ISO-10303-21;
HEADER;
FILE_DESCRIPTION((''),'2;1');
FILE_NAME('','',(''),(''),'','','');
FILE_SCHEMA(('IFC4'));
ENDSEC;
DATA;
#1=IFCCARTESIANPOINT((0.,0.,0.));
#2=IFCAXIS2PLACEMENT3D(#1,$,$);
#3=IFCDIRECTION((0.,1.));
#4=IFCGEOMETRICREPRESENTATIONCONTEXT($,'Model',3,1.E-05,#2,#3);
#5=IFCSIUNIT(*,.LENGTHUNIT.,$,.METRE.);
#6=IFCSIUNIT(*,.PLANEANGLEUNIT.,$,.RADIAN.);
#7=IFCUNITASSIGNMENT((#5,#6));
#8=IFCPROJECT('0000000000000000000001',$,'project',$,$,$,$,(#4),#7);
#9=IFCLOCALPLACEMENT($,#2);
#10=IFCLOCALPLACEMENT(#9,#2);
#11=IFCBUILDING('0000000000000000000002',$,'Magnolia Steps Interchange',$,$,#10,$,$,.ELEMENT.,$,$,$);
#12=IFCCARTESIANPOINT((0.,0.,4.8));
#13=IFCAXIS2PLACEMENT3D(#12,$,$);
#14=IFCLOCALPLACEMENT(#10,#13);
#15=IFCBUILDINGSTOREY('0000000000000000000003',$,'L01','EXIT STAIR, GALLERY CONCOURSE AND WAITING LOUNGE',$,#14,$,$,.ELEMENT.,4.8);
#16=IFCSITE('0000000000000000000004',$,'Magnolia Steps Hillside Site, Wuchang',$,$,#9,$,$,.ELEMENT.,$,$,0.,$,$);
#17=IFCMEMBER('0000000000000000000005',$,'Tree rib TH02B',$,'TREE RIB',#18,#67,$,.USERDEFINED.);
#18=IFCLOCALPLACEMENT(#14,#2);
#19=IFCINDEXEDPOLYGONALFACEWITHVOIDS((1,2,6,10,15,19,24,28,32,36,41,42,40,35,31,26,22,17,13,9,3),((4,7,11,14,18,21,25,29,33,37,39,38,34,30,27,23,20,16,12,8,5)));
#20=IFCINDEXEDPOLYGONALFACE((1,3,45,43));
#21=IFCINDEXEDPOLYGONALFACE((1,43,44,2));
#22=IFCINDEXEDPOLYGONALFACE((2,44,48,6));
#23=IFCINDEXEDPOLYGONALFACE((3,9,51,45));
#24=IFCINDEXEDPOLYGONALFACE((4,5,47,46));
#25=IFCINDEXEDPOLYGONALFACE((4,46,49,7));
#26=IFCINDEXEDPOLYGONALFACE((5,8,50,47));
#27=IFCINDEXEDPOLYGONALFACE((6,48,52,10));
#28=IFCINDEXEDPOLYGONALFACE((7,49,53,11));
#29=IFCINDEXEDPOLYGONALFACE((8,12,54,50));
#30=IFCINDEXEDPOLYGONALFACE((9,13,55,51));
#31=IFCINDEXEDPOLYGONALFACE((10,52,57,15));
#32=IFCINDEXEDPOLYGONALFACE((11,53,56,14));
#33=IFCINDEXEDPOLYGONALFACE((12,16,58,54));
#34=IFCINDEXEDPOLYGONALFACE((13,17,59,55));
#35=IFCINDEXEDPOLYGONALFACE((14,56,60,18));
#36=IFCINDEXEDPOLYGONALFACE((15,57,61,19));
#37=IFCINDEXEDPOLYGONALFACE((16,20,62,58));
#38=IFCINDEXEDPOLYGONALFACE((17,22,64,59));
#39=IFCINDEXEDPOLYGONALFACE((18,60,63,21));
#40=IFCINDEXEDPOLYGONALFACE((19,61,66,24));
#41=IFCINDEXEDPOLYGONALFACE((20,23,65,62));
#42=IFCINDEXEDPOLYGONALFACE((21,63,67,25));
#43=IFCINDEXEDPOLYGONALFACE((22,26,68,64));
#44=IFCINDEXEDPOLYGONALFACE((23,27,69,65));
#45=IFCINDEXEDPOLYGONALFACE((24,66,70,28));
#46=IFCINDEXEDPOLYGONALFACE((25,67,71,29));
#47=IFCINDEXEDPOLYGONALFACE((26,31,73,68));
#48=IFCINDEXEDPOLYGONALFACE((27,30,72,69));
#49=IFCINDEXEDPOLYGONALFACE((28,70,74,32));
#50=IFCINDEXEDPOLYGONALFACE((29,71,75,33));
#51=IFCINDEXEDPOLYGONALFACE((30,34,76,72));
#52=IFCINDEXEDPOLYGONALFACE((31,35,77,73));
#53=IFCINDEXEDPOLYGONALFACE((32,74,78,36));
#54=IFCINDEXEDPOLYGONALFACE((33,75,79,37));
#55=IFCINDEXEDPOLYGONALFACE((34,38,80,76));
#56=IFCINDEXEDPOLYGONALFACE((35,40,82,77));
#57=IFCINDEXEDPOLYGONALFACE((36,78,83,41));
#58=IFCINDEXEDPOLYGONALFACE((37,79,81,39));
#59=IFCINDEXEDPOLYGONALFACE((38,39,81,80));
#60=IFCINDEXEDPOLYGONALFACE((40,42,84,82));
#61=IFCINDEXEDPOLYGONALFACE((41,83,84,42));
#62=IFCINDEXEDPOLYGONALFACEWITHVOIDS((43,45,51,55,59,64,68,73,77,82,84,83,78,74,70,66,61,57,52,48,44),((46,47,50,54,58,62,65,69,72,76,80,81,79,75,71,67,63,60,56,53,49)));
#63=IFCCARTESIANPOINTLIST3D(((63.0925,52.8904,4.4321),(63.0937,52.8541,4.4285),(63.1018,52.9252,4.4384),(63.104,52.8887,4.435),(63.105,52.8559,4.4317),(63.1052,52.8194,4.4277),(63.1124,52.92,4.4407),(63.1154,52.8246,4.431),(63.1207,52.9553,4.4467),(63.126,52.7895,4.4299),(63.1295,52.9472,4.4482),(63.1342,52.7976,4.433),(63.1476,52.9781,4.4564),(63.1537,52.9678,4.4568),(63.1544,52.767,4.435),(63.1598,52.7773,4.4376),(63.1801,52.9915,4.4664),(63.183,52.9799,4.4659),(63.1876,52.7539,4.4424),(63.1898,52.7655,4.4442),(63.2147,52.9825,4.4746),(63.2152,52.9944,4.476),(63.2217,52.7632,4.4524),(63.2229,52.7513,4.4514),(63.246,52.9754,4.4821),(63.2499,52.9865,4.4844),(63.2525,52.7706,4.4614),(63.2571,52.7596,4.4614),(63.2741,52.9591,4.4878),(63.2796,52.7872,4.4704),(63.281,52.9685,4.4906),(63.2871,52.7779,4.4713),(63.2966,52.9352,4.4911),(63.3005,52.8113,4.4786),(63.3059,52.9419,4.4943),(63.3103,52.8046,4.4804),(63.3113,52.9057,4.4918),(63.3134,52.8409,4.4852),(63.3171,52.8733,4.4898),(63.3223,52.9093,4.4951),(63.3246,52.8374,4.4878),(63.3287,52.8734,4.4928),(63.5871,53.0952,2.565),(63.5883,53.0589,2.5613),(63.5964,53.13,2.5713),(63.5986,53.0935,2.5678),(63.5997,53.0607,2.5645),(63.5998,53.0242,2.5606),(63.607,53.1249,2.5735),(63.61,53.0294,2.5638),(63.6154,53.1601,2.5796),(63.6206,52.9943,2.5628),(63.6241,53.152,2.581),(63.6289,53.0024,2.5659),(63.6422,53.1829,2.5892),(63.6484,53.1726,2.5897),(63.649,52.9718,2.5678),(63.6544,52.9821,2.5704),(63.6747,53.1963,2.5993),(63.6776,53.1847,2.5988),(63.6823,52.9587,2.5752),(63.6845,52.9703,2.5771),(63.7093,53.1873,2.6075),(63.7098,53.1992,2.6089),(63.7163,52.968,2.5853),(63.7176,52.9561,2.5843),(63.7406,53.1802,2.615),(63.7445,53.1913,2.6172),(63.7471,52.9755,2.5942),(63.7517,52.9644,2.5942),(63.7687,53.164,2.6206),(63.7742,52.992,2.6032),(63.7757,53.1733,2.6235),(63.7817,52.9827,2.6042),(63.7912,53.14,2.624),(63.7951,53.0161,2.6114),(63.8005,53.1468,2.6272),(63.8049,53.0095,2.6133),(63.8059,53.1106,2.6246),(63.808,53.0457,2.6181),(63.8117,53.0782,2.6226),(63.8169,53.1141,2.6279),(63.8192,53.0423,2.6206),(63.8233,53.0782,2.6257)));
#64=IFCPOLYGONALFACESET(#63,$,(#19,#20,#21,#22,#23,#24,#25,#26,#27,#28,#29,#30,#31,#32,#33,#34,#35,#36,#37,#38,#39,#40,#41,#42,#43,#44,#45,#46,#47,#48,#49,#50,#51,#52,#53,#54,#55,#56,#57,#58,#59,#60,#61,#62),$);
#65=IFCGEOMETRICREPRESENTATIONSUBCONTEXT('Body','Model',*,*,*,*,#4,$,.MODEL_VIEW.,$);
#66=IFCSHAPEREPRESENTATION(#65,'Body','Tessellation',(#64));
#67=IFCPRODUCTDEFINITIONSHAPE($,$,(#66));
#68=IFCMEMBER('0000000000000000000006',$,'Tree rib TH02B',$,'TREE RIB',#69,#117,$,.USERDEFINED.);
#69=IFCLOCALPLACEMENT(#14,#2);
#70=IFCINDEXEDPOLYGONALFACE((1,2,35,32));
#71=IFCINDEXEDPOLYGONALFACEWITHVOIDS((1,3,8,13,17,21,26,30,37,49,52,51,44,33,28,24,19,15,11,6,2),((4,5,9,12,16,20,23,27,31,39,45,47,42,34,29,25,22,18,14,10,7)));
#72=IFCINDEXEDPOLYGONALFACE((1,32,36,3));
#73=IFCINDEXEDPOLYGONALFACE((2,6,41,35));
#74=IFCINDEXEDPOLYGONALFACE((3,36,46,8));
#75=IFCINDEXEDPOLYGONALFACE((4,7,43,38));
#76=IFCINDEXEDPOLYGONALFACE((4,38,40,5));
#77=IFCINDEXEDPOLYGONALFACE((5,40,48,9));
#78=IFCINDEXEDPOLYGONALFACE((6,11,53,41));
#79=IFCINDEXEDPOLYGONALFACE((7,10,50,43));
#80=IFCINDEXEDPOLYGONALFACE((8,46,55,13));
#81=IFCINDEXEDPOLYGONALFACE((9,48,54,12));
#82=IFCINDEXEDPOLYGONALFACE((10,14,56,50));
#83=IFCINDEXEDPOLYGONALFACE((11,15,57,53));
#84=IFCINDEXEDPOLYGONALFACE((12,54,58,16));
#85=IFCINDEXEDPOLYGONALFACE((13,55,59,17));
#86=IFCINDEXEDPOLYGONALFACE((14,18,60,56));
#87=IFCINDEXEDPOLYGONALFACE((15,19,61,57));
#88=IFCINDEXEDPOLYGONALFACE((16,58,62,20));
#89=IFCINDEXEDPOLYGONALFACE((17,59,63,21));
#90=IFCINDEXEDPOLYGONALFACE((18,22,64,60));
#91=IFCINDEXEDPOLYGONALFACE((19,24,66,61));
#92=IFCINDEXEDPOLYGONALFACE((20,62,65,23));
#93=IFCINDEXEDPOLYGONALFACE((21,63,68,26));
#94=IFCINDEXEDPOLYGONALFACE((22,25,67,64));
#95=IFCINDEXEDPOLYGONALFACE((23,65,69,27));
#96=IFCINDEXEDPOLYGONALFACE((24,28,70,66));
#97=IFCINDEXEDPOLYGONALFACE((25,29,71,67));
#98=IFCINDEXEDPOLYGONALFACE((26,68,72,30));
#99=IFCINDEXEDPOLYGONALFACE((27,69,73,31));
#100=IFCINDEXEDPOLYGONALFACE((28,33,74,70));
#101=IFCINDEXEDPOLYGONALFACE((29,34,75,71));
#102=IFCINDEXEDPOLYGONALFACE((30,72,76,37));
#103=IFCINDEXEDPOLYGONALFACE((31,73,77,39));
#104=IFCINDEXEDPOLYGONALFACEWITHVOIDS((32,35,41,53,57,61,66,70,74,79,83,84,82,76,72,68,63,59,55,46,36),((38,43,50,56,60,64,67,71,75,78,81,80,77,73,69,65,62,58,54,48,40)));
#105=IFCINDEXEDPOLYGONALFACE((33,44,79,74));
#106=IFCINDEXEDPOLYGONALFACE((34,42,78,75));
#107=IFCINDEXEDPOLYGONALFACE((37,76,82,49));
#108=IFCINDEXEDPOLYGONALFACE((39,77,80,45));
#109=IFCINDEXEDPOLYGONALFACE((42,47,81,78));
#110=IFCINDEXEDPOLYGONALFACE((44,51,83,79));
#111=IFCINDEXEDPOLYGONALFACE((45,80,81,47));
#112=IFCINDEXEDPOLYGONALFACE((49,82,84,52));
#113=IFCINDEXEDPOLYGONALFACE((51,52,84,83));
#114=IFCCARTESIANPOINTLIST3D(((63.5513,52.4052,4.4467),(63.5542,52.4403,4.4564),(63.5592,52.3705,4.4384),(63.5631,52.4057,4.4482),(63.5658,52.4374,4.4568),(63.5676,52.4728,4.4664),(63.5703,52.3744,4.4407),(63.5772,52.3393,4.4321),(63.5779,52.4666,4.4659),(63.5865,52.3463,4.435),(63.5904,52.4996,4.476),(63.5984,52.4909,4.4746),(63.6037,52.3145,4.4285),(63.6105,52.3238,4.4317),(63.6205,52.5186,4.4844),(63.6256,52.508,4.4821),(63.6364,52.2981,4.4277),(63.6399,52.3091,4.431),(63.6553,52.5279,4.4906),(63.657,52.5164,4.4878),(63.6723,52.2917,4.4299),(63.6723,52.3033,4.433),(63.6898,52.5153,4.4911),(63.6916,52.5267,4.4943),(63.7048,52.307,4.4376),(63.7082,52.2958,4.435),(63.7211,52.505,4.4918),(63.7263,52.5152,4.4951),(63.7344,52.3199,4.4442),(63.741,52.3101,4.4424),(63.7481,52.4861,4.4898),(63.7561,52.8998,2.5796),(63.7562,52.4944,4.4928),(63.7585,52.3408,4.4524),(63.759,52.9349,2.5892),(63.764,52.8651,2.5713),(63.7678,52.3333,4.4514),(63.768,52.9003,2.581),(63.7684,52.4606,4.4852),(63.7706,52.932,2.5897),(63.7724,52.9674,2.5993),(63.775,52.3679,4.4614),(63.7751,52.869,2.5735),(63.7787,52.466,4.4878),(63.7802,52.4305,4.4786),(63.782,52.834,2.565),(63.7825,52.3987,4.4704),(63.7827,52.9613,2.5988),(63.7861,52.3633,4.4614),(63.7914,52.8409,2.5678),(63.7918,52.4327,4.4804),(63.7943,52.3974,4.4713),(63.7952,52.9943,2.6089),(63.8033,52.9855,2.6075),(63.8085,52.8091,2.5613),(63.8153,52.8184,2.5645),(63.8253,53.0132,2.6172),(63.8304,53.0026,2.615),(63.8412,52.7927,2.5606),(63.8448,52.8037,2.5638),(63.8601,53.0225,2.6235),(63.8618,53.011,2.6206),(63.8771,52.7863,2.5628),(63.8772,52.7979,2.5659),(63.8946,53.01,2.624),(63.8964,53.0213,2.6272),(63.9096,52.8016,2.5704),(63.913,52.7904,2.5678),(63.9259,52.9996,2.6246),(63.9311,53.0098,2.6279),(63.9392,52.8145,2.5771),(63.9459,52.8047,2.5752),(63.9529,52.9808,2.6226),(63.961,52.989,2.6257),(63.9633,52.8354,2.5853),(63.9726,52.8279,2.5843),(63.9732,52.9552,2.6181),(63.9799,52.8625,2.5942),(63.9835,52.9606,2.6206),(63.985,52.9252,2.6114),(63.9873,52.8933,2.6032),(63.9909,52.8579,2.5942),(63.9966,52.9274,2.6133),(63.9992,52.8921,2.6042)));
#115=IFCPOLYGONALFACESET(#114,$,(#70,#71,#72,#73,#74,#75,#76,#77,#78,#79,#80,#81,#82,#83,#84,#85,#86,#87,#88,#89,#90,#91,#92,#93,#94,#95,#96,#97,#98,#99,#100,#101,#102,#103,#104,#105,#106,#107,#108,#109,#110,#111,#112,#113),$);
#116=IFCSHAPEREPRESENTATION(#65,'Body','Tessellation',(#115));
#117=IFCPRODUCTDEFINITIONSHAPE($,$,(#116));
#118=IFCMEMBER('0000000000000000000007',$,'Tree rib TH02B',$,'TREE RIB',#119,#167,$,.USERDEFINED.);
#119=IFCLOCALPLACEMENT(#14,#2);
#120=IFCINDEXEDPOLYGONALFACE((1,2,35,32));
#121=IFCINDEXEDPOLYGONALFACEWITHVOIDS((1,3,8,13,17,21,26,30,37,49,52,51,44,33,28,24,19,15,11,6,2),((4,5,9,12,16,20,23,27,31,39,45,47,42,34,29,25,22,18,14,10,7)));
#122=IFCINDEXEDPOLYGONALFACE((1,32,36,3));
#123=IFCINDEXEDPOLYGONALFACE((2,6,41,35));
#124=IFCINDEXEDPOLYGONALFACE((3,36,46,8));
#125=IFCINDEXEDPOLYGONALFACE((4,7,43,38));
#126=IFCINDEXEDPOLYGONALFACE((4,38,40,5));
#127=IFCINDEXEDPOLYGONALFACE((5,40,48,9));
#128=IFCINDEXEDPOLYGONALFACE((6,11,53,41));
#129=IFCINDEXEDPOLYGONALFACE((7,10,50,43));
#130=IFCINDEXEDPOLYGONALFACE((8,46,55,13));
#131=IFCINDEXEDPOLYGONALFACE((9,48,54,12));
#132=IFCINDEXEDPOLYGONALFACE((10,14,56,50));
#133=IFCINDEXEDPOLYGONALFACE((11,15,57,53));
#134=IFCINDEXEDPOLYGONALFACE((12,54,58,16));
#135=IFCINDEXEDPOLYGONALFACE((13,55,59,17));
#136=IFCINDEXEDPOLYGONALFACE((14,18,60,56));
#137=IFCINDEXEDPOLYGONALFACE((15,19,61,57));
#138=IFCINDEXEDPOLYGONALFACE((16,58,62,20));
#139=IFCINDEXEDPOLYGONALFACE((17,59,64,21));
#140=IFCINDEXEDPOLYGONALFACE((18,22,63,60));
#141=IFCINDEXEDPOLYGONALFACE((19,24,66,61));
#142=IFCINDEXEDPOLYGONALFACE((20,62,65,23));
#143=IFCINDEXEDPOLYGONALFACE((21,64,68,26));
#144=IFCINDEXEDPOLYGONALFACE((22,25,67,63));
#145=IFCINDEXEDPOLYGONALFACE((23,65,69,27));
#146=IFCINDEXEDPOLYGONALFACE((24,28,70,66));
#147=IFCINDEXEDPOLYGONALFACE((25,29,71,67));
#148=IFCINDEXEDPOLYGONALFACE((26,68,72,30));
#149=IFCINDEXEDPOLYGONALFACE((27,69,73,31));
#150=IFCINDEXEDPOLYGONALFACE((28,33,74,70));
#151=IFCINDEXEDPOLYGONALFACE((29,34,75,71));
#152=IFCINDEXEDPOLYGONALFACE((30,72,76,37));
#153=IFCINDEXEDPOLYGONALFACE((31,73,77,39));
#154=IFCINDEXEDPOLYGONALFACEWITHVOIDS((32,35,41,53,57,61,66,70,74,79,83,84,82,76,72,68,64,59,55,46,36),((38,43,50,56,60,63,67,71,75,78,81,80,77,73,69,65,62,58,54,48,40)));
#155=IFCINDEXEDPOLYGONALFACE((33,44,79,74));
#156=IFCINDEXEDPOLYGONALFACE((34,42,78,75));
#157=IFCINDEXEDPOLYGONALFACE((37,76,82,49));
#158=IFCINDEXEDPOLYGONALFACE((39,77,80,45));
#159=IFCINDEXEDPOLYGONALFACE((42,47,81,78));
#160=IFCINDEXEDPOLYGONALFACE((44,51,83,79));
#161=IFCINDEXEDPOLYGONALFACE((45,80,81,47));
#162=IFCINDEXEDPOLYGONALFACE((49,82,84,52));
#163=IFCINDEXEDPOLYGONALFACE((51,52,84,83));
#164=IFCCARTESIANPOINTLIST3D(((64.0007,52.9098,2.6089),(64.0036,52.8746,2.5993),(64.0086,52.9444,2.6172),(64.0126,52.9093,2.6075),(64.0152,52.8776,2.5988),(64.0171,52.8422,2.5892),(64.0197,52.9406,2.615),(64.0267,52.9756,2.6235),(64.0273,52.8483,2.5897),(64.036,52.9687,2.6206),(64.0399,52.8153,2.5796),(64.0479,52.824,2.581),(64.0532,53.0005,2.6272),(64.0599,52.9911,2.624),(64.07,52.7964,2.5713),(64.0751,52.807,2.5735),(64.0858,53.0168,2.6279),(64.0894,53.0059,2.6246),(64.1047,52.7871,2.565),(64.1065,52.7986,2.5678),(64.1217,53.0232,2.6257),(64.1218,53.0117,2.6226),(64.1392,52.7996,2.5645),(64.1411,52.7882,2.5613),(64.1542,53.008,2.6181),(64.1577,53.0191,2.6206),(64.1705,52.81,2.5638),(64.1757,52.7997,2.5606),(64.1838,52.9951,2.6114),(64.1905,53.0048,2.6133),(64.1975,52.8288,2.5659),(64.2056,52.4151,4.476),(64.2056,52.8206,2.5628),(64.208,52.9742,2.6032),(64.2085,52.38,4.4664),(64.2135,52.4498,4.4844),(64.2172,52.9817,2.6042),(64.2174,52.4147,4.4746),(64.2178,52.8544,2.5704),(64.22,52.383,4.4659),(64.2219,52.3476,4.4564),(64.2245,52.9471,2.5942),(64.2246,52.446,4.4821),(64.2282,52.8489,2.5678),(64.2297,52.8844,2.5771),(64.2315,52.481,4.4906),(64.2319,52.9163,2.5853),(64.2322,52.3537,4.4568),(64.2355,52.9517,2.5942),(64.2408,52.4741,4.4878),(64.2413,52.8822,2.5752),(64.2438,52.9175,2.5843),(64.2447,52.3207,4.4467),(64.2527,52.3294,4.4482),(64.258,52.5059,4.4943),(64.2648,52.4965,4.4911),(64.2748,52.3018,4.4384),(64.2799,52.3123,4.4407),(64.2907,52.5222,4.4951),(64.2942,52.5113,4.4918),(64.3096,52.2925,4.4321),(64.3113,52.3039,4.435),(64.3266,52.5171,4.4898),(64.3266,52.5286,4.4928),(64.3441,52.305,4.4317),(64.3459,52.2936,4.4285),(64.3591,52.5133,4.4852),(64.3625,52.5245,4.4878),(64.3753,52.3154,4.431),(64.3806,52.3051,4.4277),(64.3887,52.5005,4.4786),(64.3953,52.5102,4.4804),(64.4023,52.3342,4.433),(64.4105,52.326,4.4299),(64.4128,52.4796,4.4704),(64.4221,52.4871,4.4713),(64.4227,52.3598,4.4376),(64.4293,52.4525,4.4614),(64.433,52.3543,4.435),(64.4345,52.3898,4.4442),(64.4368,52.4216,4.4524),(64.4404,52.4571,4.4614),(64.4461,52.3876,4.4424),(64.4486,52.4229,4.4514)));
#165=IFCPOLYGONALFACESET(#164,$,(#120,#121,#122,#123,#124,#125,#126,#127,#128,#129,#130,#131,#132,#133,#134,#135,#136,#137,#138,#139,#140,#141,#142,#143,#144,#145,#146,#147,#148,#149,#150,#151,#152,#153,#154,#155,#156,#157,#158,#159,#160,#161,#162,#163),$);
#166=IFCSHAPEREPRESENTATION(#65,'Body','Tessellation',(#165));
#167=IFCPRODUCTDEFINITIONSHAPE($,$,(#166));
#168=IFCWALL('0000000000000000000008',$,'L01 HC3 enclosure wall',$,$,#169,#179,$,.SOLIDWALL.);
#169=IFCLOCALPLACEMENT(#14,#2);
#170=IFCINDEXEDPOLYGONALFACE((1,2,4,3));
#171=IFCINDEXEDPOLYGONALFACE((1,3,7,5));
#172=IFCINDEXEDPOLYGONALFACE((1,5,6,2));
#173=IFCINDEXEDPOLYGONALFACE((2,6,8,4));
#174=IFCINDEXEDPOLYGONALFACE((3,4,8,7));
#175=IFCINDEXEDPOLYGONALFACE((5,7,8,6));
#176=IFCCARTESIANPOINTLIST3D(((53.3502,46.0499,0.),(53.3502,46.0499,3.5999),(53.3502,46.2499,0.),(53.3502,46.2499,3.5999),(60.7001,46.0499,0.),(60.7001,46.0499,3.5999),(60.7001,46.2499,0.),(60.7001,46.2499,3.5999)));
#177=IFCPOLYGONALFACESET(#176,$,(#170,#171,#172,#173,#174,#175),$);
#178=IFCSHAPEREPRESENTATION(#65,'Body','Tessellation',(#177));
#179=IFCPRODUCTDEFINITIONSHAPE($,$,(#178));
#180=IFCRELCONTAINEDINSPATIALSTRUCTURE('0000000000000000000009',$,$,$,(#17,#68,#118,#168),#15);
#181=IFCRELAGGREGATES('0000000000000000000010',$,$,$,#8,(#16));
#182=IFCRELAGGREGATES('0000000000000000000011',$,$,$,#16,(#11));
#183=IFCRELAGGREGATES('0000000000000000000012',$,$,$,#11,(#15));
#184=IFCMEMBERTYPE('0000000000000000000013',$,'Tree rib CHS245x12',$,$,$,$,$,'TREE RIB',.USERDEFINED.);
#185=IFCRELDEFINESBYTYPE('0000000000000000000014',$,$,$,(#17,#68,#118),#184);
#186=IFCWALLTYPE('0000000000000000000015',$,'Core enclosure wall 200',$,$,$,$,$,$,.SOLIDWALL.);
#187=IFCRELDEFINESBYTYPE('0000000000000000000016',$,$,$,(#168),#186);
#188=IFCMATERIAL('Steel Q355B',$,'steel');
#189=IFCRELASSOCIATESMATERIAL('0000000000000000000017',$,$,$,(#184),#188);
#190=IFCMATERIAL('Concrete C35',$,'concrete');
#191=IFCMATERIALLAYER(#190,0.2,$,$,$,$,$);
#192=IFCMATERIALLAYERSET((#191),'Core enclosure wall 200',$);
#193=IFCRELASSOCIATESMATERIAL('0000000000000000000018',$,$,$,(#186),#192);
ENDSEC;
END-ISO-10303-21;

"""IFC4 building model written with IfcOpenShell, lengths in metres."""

from ifc_helpers import new_model, si_unit, direction, frame, frame_2d, origin, origin_2d, place, context, subcontext, project, spatial, rectangle, hollow_circle, extrude, material, layer, layer_set, material_profile, profile_set, type_object, element, save


model = new_model("IFC4")

# Units and contexts
model_context = context("Model", 3, precision=1e-05, world=origin(), true_north=direction((0.0, 1.0)))
body_context = subcontext(model_context, "Body", "Model", "MODEL_VIEW")
ifc_project = project(units=[si_unit("LENGTHUNIT", "METRE"), si_unit("PLANEANGLEUNIT", "RADIAN")], contexts=[model_context])

# Site, building, storey
site_placement = place(None, origin())
site = spatial("IfcSite", under=ifc_project, at=site_placement, Name="Magnolia Steps Hillside Site, Wuchang", CompositionType="ELEMENT", RefElevation=0.0)
building_placement = place(site_placement, origin())
building = spatial("IfcBuilding", under=site, at=building_placement, Name="Magnolia Steps Interchange", CompositionType="ELEMENT")
storey_placement = place(building_placement, frame((0.0, 0.0, 4.8)))
storey = spatial("IfcBuildingStorey", under=building, at=storey_placement, Name="L01", Description="EXIT STAIR, GALLERY CONCOURSE AND WAITING LOUNGE", CompositionType="ELEMENT", Elevation=4.8)

# Members
ifc_material_1 = material(Name="Steel Q355B", Category="steel")
ifc_material_profile = material_profile(ifc_material_1, hollow_circle(Radius=0.1226, WallThickness=0.012, at=origin_2d()), Name="CHS245x12")
ifc_profile_set = profile_set([ifc_material_profile], Name="Steel Q355B")
member_type = type_object("IfcMemberType", Name="Tree rib CHS245x12", ElementType="TREE RIB", PredefinedType="USERDEFINED", material=ifc_profile_set)
for number, where, z_axis, x_axis, name in (
    (1, (63.7048, 53.0776, 2.5942), (-0.254645, -0.105453, 0.961268), (0.382607, -0.923911, 0.0), "Tree rib TH02B"),
    (2, (63.8777, 52.9048, 2.5942), (-0.105453, -0.254645, 0.961268), (0.923911, -0.382607, 0.0), "Tree rib TH02B"),
    (3, (64.1223, 52.9048, 2.5942), (0.105453, -0.254645, 0.961268), (0.923911, 0.382607, 0.0), "Tree rib TH02B"),
):
    element("IfcMember", number, at=place(storey_placement, frame(where, z_axis=z_axis, x_axis=x_axis)), inside=storey, type_object=member_type, Name=name, ObjectType="TREE RIB", PredefinedType="USERDEFINED", context=body_context, shape_type="SweptSolid", body=[
        extrude(hollow_circle(Radius=0.1226, WallThickness=0.012, at=origin_2d()), origin(), (0.0, 0.0, 1.0), 1.9424),
    ])

# Wall
ifc_material_2 = material(Name="Concrete C35", Category="concrete")
ifc_layer_1 = layer(ifc_material_2, 0.2)
ifc_layer_set_1 = layer_set([ifc_layer_1], Name="Core enclosure wall 200")
wall_type_1 = type_object("IfcWallType", Name="Core enclosure wall 200", PredefinedType="SOLIDWALL", material=ifc_layer_set_1)
wall_1_placement = place(storey_placement, frame((60.7, 46.1499, 0.0), z_axis=(0.0, 0.0, 1.0), x_axis=(-1.0, 0.0, 0.0)))
element("IfcWall", 4, at=wall_1_placement, inside=storey, type_object=wall_type_1, Name="L01 HC3 enclosure wall", PredefinedType="SOLIDWALL", context=body_context, shape_type="SweptSolid", body=[
    extrude(rectangle(XDim=7.3499, YDim=0.2, at=frame_2d((3.6748, 0.0))), origin(), (0.0, 0.0, 1.0), 3.5999),
])

save(model, "model.ifc")
